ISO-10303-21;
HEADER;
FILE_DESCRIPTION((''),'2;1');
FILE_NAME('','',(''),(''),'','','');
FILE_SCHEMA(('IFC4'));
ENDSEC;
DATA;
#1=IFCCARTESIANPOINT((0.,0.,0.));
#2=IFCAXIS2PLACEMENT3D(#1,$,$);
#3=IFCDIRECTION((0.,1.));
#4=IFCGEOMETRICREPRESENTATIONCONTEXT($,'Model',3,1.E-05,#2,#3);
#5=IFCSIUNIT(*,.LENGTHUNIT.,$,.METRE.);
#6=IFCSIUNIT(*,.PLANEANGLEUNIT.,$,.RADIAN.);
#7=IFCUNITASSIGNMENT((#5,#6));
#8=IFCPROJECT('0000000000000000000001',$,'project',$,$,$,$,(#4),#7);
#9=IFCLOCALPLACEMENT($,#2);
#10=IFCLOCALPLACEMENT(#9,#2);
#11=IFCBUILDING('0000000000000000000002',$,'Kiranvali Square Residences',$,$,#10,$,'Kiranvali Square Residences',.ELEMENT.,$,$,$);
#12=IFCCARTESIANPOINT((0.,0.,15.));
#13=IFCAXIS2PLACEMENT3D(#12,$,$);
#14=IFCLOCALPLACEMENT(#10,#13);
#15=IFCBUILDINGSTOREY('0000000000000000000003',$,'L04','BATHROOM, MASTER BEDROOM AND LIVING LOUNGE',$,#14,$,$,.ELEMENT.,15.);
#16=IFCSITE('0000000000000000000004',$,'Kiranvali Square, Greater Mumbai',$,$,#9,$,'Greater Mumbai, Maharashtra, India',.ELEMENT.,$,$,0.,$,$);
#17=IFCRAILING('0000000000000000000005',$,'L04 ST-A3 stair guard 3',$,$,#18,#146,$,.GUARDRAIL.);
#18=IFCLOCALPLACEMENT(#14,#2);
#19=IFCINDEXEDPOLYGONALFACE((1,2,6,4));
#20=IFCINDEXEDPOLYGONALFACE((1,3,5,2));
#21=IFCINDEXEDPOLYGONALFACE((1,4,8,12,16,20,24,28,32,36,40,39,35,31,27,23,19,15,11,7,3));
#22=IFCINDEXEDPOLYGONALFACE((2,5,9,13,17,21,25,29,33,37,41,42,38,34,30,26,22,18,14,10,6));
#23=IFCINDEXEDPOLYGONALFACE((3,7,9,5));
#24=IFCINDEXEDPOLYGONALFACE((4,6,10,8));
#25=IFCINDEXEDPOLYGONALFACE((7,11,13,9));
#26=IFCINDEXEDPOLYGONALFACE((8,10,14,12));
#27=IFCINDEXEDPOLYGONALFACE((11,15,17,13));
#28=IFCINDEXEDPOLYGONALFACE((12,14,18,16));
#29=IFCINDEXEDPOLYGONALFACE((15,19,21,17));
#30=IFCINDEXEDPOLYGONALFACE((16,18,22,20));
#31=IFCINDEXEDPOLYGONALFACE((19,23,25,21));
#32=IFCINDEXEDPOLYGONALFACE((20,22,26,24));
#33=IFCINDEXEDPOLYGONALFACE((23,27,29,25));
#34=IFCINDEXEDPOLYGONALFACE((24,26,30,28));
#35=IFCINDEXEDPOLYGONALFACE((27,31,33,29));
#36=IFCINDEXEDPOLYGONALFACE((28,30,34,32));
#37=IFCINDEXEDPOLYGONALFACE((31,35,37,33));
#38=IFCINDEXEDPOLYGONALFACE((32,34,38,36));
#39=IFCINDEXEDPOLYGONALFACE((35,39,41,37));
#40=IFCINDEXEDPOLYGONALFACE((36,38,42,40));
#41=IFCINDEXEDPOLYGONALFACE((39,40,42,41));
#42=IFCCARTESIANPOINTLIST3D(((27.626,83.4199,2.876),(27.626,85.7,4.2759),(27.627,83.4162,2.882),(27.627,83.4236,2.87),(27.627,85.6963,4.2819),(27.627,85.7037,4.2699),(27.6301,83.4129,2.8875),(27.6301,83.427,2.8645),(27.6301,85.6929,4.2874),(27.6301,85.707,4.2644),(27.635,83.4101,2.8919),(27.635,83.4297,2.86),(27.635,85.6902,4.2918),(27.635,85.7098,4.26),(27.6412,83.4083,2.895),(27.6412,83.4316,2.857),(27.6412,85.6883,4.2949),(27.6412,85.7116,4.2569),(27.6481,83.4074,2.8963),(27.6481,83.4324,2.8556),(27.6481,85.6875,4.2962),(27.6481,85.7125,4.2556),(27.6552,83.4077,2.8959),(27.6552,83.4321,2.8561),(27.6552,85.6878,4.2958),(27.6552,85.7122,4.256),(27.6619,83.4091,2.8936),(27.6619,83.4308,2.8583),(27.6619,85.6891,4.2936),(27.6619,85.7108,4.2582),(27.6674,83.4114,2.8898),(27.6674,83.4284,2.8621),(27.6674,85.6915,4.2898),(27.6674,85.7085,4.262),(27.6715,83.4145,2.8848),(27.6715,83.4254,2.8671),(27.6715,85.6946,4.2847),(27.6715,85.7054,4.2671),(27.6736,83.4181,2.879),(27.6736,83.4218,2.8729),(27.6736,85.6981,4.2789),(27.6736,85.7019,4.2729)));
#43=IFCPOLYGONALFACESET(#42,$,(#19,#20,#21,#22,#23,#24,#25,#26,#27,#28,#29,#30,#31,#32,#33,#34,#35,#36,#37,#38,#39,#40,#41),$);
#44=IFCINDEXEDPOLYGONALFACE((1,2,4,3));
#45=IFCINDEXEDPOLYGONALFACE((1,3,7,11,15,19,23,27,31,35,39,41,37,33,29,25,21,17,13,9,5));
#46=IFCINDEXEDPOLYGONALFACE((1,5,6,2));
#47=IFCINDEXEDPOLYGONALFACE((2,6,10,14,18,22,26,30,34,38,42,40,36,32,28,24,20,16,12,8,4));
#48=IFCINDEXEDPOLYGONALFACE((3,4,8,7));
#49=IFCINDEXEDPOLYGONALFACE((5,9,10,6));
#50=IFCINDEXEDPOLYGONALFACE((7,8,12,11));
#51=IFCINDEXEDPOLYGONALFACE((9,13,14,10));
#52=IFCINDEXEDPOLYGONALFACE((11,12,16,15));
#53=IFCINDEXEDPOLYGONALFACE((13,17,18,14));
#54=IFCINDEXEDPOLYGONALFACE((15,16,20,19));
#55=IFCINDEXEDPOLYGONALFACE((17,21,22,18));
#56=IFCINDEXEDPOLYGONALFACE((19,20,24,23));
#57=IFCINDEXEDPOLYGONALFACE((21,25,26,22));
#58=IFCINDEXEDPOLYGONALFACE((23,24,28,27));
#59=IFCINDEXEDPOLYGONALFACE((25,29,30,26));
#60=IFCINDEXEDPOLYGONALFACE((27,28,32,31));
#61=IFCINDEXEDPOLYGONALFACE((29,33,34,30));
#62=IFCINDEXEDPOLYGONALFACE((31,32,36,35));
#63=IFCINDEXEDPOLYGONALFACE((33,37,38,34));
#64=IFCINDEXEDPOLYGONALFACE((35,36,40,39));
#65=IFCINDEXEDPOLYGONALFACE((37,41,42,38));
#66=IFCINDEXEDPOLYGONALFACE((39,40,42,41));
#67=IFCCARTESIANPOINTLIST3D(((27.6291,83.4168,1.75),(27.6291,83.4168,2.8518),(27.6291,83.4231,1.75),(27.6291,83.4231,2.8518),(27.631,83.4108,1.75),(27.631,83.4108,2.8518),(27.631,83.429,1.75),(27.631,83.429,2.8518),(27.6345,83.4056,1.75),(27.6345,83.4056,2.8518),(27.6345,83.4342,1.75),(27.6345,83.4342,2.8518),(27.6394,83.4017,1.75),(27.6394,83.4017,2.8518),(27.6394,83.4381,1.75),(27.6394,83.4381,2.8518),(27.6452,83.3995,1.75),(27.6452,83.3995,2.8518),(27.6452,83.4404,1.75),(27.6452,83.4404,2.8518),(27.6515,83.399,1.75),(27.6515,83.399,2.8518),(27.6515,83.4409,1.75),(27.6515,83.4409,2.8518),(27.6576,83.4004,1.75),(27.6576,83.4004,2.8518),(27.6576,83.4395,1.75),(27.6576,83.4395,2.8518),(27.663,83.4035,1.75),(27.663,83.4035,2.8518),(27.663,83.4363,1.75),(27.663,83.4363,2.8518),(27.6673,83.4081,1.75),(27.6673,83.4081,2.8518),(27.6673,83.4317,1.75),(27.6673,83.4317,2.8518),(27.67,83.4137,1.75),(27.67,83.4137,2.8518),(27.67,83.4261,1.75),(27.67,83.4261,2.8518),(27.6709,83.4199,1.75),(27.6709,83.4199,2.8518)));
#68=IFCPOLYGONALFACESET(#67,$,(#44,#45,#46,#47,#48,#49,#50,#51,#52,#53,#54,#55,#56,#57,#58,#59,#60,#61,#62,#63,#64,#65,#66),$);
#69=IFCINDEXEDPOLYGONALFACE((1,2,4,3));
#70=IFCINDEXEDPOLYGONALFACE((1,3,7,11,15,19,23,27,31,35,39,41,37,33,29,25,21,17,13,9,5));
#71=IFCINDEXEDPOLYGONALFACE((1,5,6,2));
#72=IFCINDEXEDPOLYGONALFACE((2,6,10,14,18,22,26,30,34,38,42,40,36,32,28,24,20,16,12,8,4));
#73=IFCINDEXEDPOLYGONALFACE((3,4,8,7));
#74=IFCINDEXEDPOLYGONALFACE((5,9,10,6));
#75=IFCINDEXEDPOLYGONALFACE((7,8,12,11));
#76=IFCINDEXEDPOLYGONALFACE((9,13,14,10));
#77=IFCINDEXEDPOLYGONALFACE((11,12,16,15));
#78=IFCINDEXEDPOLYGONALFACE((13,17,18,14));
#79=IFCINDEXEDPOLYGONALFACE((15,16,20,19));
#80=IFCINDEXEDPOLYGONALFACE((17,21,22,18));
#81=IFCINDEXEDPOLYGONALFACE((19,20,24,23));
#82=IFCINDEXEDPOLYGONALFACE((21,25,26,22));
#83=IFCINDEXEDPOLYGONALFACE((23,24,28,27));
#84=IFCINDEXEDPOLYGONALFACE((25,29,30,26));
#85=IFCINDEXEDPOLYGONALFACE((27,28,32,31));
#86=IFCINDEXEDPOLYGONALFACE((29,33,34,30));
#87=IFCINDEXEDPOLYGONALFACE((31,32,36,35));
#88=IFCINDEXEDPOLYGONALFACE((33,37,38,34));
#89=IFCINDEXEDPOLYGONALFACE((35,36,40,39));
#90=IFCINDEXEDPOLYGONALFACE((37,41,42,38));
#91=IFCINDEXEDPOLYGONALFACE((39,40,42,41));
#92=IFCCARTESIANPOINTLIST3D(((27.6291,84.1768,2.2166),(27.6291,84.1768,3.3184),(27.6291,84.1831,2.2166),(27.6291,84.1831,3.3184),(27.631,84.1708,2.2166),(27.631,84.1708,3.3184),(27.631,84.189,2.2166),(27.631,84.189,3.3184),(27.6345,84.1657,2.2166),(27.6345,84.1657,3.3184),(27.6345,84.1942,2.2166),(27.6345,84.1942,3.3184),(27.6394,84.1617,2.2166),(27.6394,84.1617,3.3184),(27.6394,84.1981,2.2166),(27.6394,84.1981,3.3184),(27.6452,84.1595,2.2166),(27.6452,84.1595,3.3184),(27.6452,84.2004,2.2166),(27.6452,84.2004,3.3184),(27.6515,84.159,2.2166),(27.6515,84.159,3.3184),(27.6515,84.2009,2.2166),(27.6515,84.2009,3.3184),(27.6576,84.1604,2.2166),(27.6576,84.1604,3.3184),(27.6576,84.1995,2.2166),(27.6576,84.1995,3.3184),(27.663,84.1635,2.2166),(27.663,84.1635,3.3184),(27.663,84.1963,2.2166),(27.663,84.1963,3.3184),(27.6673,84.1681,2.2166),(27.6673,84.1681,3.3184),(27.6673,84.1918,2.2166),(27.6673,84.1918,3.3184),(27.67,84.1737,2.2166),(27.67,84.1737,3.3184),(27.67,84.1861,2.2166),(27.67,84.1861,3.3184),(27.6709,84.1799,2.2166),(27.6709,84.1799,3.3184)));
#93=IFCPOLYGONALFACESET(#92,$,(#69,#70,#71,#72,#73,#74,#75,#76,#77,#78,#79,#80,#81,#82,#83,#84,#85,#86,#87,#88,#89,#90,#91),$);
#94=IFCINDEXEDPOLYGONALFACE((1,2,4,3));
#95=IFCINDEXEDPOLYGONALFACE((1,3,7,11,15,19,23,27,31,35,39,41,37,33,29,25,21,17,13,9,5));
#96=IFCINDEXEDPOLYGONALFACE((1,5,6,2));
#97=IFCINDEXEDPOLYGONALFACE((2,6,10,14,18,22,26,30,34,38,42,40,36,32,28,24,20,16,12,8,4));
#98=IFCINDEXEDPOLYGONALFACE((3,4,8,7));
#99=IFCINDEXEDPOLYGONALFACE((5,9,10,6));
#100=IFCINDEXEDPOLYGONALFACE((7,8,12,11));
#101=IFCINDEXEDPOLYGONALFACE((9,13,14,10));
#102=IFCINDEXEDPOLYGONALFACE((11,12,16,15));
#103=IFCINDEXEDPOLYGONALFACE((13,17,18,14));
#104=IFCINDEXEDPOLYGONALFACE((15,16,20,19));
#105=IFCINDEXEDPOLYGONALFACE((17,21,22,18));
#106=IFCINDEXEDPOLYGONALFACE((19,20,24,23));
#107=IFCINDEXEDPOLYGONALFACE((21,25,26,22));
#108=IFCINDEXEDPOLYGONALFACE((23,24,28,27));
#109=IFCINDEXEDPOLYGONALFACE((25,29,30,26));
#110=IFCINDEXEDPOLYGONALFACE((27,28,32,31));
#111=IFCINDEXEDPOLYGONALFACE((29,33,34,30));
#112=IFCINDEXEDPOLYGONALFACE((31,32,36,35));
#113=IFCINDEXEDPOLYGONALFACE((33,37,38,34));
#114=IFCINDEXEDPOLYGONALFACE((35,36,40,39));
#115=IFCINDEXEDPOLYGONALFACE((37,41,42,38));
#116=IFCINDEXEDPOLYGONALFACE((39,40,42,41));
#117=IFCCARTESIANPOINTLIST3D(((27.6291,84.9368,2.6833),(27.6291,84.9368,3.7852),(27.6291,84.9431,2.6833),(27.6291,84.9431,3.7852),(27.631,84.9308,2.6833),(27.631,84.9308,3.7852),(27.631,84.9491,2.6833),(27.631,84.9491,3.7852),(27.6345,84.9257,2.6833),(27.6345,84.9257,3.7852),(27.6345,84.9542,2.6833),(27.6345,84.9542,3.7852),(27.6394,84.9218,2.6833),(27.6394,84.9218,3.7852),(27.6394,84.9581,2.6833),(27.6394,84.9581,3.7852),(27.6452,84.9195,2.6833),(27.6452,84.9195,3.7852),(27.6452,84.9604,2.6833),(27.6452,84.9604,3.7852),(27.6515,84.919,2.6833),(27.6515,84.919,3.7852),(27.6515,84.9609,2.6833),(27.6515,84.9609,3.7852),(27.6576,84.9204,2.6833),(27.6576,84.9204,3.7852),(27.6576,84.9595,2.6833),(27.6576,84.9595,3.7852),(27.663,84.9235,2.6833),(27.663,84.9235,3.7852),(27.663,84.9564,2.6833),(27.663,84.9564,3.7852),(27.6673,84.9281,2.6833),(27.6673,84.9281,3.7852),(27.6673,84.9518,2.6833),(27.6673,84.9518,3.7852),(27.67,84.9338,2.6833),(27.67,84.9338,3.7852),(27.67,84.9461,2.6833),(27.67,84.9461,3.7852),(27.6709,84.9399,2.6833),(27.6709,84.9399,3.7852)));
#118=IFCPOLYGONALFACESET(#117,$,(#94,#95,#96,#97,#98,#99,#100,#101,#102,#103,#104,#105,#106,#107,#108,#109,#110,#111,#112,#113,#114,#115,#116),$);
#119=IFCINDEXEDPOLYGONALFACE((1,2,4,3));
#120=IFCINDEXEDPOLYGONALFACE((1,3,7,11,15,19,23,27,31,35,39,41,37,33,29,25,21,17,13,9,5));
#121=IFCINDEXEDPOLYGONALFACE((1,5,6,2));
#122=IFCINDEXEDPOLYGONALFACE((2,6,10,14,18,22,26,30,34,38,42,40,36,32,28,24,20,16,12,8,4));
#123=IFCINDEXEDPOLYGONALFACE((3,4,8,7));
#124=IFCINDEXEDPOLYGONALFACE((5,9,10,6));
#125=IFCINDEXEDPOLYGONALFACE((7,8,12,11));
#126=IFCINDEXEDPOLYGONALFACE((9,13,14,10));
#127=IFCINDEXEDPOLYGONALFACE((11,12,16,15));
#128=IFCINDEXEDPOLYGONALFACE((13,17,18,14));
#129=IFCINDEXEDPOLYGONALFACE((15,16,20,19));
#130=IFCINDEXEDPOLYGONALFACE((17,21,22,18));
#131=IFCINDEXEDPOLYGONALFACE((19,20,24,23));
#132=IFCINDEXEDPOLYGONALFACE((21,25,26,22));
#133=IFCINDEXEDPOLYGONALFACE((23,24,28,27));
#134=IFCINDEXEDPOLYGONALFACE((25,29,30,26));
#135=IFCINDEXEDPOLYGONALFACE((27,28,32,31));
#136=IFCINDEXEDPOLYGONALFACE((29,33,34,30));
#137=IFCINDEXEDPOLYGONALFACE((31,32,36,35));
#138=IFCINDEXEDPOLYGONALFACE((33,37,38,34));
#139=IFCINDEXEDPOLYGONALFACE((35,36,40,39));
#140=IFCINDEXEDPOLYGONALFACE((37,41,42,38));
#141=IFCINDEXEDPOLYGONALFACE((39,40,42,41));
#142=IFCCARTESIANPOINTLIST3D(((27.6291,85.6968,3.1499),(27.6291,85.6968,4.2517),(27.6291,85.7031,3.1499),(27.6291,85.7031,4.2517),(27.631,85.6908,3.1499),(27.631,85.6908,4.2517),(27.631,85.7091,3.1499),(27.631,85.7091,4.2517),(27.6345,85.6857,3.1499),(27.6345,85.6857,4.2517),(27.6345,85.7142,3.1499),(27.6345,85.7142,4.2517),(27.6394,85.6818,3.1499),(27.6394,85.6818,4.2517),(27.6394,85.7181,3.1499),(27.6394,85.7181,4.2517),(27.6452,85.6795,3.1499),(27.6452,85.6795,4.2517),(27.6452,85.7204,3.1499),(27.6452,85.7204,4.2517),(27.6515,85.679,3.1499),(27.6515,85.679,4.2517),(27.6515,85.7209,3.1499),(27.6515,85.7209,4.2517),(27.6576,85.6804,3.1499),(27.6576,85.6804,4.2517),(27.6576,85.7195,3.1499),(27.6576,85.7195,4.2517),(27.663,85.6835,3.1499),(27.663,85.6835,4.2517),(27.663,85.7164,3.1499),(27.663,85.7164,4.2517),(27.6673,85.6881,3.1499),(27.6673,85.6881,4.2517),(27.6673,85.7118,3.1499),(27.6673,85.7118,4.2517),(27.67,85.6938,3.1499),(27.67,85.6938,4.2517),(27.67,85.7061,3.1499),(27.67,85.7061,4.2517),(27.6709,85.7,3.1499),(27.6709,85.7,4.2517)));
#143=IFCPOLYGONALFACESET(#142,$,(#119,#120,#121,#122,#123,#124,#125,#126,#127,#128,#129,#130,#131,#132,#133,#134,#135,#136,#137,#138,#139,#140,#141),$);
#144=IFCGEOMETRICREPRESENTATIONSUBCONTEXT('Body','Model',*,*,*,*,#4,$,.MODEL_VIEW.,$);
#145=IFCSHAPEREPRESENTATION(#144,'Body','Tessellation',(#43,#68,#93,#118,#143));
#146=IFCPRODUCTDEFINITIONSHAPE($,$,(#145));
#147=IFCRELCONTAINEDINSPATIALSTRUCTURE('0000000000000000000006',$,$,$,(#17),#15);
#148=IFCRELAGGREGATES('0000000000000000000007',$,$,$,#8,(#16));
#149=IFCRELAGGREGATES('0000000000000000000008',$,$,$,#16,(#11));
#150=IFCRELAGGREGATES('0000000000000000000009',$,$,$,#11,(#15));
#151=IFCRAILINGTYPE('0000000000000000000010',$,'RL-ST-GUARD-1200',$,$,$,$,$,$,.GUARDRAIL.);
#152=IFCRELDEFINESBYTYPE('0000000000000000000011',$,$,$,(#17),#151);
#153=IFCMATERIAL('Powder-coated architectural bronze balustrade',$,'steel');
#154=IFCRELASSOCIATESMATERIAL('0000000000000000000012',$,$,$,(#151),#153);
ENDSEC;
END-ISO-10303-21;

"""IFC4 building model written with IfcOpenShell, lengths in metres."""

from ifc_helpers import new_model, si_unit, direction, frame, origin, origin_2d, place, context, subcontext, project, spatial, circle, extrude, material, type_object, element, save


model = new_model("IFC4")

# Units and contexts
model_context = context("Model", 3, precision=1e-05, world=origin(), true_north=direction((0.0, 1.0)))
body_context = subcontext(model_context, "Body", "Model", "MODEL_VIEW")
ifc_project = project(units=[si_unit("LENGTHUNIT", "METRE"), si_unit("PLANEANGLEUNIT", "RADIAN")], contexts=[model_context])

# Site, building, storey
site_placement = place(None, origin())
site = spatial("IfcSite", under=ifc_project, at=site_placement, Name="Kiranvali Square, Greater Mumbai", LongName="Greater Mumbai, Maharashtra, India", CompositionType="ELEMENT", RefElevation=0.0)
building_placement = place(site_placement, origin())
building = spatial("IfcBuilding", under=site, at=building_placement, Name="Kiranvali Square Residences", LongName="Kiranvali Square Residences", CompositionType="ELEMENT")
storey_placement = place(building_placement, frame((0.0, 0.0, 15.0)))
storey = spatial("IfcBuildingStorey", under=building, at=storey_placement, Name="L04", Description="BATHROOM, MASTER BEDROOM AND LIVING LOUNGE", CompositionType="ELEMENT", Elevation=15.0)

# Railing
ifc_material_1 = material(Name="Powder-coated architectural bronze balustrade", Category="steel")
railing_type_1 = type_object("IfcRailingType", Name="RL-ST-GUARD-1200", PredefinedType="GUARDRAIL", material=ifc_material_1)
railing_1_placement = place(storey_placement, frame((27.6499, 83.4199, 1.75)))
element("IfcRailing", 1, at=railing_1_placement, inside=storey, type_object=railing_type_1, Name="L04 ST-A3 stair guard 3", PredefinedType="GUARDRAIL", context=body_context, shape_type="SweptSolid", body=[
    extrude(circle(Radius=0.0239, at=origin_2d()), frame((0.0, 0.0, 1.126), z_axis=(0.0, 0.85219, 0.523232), x_axis=(-1.0, 0.0, 0.0)), (0.0, 0.0, 1.0), 2.6755),
    extrude(circle(Radius=0.021, at=origin_2d()), origin(), (0.0, 0.0, 1.0), 1.1018),
    extrude(circle(Radius=0.021, at=origin_2d()), frame((0.0, 0.76, 0.4666)), (0.0, 0.0, 1.0), 1.1018),
    extrude(circle(Radius=0.021, at=origin_2d()), frame((0.0, 1.52, 0.9333)), (0.0, 0.0, 1.0), 1.1018),
    extrude(circle(Radius=0.021, at=origin_2d()), frame((0.0, 2.28, 1.3999)), (0.0, 0.0, 1.0), 1.1018),
])

save(model, "model.ifc")
